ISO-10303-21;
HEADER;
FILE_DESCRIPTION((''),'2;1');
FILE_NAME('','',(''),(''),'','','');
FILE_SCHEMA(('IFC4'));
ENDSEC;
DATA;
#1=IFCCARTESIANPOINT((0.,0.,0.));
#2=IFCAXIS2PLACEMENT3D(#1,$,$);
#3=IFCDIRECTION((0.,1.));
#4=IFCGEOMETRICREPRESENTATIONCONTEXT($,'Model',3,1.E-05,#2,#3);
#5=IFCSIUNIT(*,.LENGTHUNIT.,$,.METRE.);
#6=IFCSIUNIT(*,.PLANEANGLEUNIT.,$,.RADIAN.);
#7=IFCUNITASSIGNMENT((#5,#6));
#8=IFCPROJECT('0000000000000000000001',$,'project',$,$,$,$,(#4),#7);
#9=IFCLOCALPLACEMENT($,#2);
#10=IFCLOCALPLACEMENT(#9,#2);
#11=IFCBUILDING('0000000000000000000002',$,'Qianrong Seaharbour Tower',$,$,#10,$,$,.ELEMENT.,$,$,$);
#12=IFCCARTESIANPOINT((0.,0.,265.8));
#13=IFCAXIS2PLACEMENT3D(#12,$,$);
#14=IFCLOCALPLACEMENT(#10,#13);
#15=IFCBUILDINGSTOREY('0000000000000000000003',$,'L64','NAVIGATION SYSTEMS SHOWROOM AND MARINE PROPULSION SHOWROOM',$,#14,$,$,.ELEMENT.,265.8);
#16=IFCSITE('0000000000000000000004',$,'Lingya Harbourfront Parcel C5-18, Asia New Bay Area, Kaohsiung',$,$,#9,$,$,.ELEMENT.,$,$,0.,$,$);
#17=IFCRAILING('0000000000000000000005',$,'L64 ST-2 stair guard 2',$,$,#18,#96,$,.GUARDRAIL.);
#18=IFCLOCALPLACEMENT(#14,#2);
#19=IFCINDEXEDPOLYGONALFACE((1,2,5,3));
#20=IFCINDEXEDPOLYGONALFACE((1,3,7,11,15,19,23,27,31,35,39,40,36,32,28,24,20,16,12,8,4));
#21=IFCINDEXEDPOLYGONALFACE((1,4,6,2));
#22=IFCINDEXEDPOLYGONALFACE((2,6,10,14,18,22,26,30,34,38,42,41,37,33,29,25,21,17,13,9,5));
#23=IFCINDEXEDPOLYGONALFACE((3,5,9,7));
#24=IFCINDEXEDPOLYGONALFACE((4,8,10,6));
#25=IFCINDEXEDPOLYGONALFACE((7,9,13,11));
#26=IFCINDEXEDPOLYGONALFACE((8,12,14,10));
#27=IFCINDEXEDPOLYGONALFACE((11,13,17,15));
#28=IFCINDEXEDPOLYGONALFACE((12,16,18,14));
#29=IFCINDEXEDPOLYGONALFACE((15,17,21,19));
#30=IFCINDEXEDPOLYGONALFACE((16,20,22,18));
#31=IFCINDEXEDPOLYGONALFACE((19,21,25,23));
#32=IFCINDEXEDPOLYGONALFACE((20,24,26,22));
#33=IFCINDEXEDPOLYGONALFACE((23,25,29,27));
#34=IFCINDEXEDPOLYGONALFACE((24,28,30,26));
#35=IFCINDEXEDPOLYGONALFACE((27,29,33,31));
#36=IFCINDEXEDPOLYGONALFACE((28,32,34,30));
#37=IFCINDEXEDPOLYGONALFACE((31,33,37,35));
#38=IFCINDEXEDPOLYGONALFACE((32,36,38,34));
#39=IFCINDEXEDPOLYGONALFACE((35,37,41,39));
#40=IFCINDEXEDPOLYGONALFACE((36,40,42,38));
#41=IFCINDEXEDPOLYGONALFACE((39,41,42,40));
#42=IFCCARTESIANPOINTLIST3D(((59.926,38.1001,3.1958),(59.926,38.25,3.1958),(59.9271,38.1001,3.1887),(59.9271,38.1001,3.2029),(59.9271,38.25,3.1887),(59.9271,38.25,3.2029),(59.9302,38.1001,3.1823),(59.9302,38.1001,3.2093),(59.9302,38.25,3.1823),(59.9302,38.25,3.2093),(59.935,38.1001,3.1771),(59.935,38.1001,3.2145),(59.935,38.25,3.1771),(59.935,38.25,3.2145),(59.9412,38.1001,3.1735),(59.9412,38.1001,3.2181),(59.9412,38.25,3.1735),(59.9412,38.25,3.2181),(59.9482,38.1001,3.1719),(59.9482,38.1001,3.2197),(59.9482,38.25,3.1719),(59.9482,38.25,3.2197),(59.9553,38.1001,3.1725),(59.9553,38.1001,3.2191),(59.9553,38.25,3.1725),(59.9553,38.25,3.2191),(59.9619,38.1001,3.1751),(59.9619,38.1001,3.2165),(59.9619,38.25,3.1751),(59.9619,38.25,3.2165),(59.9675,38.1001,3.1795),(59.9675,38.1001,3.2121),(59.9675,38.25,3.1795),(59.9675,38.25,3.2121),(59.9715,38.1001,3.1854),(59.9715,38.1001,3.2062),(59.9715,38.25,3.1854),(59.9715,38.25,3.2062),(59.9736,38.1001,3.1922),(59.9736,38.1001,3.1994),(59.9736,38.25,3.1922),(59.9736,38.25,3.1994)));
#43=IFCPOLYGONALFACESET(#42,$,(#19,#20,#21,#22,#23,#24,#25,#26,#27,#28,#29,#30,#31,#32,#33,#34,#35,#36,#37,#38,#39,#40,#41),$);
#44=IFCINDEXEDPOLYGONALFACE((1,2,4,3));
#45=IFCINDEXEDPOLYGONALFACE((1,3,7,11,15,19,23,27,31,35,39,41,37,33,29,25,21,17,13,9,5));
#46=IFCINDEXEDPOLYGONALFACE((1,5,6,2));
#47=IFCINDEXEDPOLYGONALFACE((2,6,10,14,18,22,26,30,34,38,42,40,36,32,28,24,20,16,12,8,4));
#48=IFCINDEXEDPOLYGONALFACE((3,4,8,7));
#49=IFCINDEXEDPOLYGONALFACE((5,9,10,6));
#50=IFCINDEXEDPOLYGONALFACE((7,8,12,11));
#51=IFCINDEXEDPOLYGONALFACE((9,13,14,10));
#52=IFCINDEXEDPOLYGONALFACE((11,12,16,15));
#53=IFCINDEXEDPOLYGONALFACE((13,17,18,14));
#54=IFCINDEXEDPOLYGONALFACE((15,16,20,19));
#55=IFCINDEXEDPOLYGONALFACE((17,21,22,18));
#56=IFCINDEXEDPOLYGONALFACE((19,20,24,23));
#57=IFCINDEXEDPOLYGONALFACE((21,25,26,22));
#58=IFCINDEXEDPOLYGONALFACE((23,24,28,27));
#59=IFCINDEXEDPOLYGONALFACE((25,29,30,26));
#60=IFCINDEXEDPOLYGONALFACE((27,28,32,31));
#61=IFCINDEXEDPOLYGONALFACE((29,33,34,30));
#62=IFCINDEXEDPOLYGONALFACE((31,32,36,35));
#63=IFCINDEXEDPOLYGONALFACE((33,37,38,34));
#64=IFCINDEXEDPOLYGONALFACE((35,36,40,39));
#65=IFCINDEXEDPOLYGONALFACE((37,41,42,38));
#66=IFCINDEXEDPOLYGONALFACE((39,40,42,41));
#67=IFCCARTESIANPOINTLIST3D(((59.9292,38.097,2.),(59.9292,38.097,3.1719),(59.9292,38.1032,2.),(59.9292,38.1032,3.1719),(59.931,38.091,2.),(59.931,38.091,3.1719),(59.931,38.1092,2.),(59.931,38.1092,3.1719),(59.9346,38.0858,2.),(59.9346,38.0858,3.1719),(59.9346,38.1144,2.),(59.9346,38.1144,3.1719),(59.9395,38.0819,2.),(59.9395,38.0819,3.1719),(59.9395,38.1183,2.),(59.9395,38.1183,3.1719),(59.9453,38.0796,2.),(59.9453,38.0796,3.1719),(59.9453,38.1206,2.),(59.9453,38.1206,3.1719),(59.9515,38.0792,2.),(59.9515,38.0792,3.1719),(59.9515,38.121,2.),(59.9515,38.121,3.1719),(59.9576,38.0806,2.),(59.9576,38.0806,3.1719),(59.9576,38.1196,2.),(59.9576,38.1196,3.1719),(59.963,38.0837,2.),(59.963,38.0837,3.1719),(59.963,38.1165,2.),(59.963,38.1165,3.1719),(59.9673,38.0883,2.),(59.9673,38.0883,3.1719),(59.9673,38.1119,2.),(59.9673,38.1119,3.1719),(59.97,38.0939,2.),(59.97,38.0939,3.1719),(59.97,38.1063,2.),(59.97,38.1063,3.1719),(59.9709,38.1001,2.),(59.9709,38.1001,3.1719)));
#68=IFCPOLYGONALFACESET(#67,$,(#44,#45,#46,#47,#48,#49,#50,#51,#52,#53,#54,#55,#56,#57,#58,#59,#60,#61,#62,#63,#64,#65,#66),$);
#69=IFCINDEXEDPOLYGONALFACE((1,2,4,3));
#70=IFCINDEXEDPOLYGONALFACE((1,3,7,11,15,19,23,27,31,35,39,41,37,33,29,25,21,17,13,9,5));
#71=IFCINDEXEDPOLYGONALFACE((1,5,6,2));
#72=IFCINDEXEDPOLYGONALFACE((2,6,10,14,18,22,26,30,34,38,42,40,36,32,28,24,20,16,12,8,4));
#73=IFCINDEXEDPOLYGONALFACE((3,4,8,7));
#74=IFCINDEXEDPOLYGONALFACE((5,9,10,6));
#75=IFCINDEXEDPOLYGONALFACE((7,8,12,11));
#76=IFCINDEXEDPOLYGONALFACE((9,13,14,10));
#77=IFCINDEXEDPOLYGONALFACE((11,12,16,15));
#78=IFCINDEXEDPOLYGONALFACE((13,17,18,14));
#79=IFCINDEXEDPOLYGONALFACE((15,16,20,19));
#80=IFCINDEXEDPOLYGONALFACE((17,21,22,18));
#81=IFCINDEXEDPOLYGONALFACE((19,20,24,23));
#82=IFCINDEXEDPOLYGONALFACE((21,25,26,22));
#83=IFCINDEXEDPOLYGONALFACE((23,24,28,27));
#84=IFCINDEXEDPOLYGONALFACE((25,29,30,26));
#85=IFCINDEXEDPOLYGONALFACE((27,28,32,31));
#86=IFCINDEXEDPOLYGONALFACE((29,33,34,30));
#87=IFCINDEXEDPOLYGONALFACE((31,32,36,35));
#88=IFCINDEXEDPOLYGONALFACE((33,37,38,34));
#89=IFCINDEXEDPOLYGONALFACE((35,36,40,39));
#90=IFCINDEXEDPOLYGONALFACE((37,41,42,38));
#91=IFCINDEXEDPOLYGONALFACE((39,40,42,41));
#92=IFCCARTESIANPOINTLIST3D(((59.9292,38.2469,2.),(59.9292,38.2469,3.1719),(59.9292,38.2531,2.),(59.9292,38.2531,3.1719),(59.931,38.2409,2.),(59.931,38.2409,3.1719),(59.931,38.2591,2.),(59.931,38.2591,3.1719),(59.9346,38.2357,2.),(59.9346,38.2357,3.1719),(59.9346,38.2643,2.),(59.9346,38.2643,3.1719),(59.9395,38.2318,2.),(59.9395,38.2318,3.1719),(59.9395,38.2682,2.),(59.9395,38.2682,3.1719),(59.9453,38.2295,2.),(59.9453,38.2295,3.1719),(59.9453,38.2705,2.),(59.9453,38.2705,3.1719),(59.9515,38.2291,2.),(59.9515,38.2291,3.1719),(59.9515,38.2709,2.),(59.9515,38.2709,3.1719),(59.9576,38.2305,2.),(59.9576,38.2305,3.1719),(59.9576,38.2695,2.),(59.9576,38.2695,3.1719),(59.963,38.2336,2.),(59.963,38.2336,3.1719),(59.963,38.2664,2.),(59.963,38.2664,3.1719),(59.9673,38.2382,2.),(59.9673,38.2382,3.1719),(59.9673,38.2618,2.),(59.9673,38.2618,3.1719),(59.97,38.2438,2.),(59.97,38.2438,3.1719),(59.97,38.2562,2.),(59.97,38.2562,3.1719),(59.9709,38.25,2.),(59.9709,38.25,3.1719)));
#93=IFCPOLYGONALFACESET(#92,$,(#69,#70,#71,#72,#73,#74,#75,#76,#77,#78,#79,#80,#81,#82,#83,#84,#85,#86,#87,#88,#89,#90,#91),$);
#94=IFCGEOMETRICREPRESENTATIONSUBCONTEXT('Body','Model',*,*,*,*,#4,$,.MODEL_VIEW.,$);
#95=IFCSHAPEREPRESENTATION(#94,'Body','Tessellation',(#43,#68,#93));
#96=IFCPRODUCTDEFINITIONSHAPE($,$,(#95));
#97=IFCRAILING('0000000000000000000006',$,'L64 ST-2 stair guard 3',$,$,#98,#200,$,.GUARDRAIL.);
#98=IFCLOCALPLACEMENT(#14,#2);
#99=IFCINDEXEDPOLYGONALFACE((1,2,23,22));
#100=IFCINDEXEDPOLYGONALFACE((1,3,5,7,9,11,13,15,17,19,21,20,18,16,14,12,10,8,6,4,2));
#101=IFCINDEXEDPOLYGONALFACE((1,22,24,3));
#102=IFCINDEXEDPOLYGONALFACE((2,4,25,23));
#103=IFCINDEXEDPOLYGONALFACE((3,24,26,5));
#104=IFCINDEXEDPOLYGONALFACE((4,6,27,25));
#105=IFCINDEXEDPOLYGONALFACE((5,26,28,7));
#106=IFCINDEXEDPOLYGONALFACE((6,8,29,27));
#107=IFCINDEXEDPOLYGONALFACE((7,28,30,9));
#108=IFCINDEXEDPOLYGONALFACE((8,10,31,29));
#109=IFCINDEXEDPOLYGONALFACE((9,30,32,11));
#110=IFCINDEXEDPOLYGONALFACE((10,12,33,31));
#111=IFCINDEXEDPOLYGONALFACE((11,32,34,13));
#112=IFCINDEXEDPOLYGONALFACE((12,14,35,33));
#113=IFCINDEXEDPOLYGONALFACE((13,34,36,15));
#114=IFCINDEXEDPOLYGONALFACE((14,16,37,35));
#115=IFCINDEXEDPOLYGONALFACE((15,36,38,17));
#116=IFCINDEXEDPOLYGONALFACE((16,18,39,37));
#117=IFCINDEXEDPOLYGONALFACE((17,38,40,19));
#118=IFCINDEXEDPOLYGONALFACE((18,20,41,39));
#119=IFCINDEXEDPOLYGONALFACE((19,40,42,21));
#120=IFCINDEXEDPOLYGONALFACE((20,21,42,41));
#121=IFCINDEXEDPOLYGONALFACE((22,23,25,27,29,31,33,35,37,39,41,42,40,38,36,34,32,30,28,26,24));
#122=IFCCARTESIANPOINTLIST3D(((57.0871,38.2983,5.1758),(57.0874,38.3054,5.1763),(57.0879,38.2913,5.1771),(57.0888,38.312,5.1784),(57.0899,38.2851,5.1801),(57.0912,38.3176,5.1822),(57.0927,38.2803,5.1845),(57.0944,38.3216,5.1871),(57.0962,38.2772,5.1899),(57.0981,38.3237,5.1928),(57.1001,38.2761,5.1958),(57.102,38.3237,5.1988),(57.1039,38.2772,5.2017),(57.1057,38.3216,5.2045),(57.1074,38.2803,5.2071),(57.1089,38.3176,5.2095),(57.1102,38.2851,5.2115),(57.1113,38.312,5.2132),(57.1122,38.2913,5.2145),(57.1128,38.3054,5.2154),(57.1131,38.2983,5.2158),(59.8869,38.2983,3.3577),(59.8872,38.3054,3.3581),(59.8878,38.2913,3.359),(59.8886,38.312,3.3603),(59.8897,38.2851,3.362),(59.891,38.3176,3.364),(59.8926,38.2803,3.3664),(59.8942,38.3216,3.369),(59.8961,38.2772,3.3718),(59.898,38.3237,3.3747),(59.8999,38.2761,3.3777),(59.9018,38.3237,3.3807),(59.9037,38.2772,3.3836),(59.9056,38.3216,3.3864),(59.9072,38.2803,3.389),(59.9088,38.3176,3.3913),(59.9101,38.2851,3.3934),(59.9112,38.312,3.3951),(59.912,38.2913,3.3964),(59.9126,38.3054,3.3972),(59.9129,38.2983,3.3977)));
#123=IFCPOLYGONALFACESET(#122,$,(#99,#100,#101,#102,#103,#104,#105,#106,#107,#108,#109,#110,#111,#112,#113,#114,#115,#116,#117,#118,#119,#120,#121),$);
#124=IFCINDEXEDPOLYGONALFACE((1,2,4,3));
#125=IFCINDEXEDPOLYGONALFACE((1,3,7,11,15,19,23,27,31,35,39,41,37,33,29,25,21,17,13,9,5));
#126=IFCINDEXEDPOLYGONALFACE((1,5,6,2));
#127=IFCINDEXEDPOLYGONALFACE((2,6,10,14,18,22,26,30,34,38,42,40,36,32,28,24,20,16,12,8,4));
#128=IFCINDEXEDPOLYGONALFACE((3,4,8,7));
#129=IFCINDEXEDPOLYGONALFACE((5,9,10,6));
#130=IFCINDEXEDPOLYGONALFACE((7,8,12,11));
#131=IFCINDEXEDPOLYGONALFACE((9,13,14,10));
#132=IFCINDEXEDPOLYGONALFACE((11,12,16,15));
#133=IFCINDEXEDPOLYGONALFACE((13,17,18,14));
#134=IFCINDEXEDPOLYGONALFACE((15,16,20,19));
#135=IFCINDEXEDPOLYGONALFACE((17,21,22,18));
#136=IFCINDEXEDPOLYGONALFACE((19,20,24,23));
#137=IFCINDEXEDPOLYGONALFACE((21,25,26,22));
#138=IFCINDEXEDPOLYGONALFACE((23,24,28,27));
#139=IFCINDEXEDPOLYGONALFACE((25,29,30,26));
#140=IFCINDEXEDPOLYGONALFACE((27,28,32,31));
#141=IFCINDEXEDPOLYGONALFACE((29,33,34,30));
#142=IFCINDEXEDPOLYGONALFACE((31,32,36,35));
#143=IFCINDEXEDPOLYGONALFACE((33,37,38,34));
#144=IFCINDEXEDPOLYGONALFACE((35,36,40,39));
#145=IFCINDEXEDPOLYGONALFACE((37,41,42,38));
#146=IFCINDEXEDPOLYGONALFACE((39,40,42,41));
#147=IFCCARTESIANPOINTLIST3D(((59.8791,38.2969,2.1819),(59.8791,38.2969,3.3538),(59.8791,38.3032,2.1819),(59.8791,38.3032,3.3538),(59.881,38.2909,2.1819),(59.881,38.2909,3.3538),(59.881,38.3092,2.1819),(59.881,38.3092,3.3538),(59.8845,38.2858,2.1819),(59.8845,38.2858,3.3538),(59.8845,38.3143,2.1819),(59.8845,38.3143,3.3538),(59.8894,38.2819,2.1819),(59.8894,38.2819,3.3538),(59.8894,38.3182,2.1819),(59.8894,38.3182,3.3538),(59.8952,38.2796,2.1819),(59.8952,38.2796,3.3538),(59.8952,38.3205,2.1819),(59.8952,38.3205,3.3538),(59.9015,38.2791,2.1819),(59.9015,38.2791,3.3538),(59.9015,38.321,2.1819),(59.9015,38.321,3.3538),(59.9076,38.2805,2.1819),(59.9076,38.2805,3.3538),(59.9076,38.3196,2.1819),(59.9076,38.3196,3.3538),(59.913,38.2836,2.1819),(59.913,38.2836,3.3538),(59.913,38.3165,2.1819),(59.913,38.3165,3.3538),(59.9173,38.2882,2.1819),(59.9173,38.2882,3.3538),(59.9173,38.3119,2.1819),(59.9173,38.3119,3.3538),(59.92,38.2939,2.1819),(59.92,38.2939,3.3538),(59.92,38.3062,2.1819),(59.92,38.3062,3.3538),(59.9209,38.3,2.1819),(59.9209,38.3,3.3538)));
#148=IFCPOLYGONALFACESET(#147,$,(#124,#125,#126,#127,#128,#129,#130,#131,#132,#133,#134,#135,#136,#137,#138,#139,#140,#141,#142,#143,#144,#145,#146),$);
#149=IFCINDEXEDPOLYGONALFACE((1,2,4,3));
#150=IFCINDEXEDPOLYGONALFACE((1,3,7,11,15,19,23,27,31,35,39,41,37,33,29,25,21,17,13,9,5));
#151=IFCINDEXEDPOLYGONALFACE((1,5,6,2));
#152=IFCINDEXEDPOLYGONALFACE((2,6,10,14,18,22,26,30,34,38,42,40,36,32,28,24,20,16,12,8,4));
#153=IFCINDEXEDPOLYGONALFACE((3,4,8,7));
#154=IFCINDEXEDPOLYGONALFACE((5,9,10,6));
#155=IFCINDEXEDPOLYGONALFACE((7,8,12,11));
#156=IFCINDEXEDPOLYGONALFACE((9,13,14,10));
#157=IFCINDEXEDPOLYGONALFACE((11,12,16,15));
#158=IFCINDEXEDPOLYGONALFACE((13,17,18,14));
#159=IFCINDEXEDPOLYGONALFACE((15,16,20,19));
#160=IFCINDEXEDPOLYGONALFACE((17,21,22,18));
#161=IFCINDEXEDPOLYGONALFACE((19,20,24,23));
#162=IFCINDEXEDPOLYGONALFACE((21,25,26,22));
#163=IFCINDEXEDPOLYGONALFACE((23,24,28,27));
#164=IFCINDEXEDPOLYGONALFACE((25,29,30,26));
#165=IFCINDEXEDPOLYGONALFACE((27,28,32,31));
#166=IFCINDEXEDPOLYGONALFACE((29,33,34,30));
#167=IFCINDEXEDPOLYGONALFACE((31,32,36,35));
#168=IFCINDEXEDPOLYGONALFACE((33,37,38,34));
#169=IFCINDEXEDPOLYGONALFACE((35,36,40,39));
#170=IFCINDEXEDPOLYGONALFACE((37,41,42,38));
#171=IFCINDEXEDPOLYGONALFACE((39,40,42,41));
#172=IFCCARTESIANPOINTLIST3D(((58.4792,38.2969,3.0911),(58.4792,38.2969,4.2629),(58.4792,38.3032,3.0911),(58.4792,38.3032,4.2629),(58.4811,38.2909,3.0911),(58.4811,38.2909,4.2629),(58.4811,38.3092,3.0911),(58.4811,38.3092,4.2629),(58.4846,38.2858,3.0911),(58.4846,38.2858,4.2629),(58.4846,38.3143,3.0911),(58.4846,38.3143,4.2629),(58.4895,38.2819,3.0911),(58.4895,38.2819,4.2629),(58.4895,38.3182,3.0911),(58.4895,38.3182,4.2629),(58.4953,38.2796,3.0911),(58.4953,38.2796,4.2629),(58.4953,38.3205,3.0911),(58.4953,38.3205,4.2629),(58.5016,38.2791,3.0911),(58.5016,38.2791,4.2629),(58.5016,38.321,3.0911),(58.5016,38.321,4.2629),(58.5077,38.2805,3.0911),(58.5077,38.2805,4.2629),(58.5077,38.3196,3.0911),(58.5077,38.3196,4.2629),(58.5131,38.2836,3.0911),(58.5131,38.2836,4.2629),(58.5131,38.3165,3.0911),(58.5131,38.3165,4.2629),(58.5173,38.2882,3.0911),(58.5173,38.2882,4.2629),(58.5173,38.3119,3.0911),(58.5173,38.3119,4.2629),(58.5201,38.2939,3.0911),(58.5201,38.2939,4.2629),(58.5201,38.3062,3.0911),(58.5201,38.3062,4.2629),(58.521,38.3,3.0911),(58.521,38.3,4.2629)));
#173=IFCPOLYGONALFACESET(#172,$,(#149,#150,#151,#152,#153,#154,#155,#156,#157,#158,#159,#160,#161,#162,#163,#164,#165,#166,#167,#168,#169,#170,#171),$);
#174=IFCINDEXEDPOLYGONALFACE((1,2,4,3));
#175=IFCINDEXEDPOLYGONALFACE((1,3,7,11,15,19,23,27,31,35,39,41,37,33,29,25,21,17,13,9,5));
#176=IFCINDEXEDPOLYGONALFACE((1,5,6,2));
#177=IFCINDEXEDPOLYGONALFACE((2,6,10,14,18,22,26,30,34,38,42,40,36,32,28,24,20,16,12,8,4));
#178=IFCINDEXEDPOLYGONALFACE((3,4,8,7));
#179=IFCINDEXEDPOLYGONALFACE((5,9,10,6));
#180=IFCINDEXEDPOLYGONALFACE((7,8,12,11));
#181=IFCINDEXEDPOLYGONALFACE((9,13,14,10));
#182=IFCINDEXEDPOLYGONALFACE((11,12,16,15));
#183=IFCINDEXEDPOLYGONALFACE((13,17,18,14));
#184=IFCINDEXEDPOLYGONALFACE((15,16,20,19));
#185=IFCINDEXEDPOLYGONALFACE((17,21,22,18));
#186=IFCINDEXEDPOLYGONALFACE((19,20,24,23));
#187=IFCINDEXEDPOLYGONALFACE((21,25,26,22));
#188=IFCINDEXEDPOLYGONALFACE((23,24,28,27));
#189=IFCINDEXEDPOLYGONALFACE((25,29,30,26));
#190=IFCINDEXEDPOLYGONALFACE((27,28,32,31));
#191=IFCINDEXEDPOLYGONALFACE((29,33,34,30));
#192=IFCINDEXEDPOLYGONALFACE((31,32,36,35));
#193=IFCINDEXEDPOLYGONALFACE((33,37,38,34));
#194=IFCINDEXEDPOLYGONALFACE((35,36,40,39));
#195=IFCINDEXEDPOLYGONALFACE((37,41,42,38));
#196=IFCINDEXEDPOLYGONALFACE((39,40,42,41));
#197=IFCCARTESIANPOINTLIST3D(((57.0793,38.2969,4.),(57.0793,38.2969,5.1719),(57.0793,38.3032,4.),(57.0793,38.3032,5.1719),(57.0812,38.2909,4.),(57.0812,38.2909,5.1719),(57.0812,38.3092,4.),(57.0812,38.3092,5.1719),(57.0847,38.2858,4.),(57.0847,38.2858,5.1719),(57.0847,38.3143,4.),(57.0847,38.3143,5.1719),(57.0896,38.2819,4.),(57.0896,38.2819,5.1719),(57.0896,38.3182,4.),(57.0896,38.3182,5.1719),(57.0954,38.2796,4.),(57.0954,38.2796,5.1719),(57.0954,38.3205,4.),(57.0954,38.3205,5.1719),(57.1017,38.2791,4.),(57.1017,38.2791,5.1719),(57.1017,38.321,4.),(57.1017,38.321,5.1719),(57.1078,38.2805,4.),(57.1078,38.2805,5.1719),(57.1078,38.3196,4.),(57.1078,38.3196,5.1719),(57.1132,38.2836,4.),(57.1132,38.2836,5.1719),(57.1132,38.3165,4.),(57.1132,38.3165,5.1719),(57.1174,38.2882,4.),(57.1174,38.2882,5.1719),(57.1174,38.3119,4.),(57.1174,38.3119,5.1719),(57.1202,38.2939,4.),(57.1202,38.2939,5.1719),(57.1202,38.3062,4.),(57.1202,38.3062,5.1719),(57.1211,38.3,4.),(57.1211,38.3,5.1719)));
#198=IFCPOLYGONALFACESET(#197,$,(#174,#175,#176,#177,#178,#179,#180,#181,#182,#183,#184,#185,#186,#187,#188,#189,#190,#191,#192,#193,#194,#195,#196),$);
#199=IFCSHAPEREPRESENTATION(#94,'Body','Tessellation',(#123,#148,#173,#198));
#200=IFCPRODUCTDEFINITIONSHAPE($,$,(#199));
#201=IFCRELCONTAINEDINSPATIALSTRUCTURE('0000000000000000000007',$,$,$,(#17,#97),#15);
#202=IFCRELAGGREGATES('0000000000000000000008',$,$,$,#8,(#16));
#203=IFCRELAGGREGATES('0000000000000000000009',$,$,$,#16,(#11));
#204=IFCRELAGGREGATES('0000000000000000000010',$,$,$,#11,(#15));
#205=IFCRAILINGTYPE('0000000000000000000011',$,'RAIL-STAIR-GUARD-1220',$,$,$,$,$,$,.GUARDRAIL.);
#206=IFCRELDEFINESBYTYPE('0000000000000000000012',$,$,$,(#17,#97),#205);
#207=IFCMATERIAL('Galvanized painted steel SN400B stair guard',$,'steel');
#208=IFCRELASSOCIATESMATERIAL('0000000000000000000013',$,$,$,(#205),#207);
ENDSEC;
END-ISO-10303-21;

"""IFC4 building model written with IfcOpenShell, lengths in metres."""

from ifc_helpers import new_model, si_unit, direction, frame, origin, origin_2d, place, context, subcontext, project, spatial, circle, extrude, material, type_object, element, save


model = new_model("IFC4")

# Units and contexts
model_context = context("Model", 3, precision=1e-05, world=origin(), true_north=direction((0.0, 1.0)))
body_context = subcontext(model_context, "Body", "Model", "MODEL_VIEW")
ifc_project = project(units=[si_unit("LENGTHUNIT", "METRE"), si_unit("PLANEANGLEUNIT", "RADIAN")], contexts=[model_context])

# Site, building, storey
site_placement = place(None, origin())
site = spatial("IfcSite", under=ifc_project, at=site_placement, Name="Lingya Harbourfront Parcel C5-18, Asia New Bay Area, Kaohsiung", CompositionType="ELEMENT", RefElevation=0.0)
building_placement = place(site_placement, origin())
building = spatial("IfcBuilding", under=site, at=building_placement, Name="Qianrong Seaharbour Tower", CompositionType="ELEMENT")
storey_placement = place(building_placement, frame((0.0, 0.0, 265.8)))
storey = spatial("IfcBuildingStorey", under=building, at=storey_placement, Name="L64", Description="NAVIGATION SYSTEMS SHOWROOM AND MARINE PROPULSION SHOWROOM", CompositionType="ELEMENT", Elevation=265.8)

# Railings
ifc_material_1 = material(Name="Galvanized painted steel SN400B stair guard", Category="steel")
railing_type_1 = type_object("IfcRailingType", Name="RAIL-STAIR-GUARD-1220", PredefinedType="GUARDRAIL", material=ifc_material_1)
railing_1_placement = place(storey_placement, frame((59.95, 38.1001, 2.0)))
element("IfcRailing", 1, at=railing_1_placement, inside=storey, type_object=railing_type_1, Name="L64 ST-2 stair guard 2", PredefinedType="GUARDRAIL", context=body_context, shape_type="SweptSolid", body=[
    extrude(circle(Radius=0.0239, at=origin_2d()), frame((0.0, 0.0, 1.1958), z_axis=(0.0, 1.0, 0.0), x_axis=(-1.0, 0.0, 0.0)), (0.0, 0.0, 1.0), 0.1499),
    extrude(circle(Radius=0.021, at=origin_2d()), origin(), (0.0, 0.0, 1.0), 1.1719),
    extrude(circle(Radius=0.021, at=origin_2d()), frame((0.0, 0.1499, 0.0)), (0.0, 0.0, 1.0), 1.1719),
])
railing_2_placement = place(storey_placement, frame((59.8999, 38.3, 2.1819)))
element("IfcRailing", 2, at=railing_2_placement, inside=storey, type_object=railing_type_1, Name="L64 ST-2 stair guard 3", PredefinedType="GUARDRAIL", context=body_context, shape_type="SweptSolid", body=[
    extrude(circle(Radius=0.0239, at=origin_2d()), frame((0.0, 0.0, 1.1958), z_axis=(-0.838684, 0.0, 0.544618), x_axis=(0.0, -1.0, 0.0)), (0.0, 0.0, 1.0), 3.3384),
    extrude(circle(Radius=0.021, at=origin_2d()), origin(), (0.0, 0.0, 1.0), 1.1719),
    extrude(circle(Radius=0.021, at=origin_2d()), frame((-1.3999, 0.0, 0.9092)), (0.0, 0.0, 1.0), 1.1719),
    extrude(circle(Radius=0.021, at=origin_2d()), frame((-2.7998, 0.0, 1.8181)), (0.0, 0.0, 1.0), 1.1719),
])

save(model, "model.ifc")
